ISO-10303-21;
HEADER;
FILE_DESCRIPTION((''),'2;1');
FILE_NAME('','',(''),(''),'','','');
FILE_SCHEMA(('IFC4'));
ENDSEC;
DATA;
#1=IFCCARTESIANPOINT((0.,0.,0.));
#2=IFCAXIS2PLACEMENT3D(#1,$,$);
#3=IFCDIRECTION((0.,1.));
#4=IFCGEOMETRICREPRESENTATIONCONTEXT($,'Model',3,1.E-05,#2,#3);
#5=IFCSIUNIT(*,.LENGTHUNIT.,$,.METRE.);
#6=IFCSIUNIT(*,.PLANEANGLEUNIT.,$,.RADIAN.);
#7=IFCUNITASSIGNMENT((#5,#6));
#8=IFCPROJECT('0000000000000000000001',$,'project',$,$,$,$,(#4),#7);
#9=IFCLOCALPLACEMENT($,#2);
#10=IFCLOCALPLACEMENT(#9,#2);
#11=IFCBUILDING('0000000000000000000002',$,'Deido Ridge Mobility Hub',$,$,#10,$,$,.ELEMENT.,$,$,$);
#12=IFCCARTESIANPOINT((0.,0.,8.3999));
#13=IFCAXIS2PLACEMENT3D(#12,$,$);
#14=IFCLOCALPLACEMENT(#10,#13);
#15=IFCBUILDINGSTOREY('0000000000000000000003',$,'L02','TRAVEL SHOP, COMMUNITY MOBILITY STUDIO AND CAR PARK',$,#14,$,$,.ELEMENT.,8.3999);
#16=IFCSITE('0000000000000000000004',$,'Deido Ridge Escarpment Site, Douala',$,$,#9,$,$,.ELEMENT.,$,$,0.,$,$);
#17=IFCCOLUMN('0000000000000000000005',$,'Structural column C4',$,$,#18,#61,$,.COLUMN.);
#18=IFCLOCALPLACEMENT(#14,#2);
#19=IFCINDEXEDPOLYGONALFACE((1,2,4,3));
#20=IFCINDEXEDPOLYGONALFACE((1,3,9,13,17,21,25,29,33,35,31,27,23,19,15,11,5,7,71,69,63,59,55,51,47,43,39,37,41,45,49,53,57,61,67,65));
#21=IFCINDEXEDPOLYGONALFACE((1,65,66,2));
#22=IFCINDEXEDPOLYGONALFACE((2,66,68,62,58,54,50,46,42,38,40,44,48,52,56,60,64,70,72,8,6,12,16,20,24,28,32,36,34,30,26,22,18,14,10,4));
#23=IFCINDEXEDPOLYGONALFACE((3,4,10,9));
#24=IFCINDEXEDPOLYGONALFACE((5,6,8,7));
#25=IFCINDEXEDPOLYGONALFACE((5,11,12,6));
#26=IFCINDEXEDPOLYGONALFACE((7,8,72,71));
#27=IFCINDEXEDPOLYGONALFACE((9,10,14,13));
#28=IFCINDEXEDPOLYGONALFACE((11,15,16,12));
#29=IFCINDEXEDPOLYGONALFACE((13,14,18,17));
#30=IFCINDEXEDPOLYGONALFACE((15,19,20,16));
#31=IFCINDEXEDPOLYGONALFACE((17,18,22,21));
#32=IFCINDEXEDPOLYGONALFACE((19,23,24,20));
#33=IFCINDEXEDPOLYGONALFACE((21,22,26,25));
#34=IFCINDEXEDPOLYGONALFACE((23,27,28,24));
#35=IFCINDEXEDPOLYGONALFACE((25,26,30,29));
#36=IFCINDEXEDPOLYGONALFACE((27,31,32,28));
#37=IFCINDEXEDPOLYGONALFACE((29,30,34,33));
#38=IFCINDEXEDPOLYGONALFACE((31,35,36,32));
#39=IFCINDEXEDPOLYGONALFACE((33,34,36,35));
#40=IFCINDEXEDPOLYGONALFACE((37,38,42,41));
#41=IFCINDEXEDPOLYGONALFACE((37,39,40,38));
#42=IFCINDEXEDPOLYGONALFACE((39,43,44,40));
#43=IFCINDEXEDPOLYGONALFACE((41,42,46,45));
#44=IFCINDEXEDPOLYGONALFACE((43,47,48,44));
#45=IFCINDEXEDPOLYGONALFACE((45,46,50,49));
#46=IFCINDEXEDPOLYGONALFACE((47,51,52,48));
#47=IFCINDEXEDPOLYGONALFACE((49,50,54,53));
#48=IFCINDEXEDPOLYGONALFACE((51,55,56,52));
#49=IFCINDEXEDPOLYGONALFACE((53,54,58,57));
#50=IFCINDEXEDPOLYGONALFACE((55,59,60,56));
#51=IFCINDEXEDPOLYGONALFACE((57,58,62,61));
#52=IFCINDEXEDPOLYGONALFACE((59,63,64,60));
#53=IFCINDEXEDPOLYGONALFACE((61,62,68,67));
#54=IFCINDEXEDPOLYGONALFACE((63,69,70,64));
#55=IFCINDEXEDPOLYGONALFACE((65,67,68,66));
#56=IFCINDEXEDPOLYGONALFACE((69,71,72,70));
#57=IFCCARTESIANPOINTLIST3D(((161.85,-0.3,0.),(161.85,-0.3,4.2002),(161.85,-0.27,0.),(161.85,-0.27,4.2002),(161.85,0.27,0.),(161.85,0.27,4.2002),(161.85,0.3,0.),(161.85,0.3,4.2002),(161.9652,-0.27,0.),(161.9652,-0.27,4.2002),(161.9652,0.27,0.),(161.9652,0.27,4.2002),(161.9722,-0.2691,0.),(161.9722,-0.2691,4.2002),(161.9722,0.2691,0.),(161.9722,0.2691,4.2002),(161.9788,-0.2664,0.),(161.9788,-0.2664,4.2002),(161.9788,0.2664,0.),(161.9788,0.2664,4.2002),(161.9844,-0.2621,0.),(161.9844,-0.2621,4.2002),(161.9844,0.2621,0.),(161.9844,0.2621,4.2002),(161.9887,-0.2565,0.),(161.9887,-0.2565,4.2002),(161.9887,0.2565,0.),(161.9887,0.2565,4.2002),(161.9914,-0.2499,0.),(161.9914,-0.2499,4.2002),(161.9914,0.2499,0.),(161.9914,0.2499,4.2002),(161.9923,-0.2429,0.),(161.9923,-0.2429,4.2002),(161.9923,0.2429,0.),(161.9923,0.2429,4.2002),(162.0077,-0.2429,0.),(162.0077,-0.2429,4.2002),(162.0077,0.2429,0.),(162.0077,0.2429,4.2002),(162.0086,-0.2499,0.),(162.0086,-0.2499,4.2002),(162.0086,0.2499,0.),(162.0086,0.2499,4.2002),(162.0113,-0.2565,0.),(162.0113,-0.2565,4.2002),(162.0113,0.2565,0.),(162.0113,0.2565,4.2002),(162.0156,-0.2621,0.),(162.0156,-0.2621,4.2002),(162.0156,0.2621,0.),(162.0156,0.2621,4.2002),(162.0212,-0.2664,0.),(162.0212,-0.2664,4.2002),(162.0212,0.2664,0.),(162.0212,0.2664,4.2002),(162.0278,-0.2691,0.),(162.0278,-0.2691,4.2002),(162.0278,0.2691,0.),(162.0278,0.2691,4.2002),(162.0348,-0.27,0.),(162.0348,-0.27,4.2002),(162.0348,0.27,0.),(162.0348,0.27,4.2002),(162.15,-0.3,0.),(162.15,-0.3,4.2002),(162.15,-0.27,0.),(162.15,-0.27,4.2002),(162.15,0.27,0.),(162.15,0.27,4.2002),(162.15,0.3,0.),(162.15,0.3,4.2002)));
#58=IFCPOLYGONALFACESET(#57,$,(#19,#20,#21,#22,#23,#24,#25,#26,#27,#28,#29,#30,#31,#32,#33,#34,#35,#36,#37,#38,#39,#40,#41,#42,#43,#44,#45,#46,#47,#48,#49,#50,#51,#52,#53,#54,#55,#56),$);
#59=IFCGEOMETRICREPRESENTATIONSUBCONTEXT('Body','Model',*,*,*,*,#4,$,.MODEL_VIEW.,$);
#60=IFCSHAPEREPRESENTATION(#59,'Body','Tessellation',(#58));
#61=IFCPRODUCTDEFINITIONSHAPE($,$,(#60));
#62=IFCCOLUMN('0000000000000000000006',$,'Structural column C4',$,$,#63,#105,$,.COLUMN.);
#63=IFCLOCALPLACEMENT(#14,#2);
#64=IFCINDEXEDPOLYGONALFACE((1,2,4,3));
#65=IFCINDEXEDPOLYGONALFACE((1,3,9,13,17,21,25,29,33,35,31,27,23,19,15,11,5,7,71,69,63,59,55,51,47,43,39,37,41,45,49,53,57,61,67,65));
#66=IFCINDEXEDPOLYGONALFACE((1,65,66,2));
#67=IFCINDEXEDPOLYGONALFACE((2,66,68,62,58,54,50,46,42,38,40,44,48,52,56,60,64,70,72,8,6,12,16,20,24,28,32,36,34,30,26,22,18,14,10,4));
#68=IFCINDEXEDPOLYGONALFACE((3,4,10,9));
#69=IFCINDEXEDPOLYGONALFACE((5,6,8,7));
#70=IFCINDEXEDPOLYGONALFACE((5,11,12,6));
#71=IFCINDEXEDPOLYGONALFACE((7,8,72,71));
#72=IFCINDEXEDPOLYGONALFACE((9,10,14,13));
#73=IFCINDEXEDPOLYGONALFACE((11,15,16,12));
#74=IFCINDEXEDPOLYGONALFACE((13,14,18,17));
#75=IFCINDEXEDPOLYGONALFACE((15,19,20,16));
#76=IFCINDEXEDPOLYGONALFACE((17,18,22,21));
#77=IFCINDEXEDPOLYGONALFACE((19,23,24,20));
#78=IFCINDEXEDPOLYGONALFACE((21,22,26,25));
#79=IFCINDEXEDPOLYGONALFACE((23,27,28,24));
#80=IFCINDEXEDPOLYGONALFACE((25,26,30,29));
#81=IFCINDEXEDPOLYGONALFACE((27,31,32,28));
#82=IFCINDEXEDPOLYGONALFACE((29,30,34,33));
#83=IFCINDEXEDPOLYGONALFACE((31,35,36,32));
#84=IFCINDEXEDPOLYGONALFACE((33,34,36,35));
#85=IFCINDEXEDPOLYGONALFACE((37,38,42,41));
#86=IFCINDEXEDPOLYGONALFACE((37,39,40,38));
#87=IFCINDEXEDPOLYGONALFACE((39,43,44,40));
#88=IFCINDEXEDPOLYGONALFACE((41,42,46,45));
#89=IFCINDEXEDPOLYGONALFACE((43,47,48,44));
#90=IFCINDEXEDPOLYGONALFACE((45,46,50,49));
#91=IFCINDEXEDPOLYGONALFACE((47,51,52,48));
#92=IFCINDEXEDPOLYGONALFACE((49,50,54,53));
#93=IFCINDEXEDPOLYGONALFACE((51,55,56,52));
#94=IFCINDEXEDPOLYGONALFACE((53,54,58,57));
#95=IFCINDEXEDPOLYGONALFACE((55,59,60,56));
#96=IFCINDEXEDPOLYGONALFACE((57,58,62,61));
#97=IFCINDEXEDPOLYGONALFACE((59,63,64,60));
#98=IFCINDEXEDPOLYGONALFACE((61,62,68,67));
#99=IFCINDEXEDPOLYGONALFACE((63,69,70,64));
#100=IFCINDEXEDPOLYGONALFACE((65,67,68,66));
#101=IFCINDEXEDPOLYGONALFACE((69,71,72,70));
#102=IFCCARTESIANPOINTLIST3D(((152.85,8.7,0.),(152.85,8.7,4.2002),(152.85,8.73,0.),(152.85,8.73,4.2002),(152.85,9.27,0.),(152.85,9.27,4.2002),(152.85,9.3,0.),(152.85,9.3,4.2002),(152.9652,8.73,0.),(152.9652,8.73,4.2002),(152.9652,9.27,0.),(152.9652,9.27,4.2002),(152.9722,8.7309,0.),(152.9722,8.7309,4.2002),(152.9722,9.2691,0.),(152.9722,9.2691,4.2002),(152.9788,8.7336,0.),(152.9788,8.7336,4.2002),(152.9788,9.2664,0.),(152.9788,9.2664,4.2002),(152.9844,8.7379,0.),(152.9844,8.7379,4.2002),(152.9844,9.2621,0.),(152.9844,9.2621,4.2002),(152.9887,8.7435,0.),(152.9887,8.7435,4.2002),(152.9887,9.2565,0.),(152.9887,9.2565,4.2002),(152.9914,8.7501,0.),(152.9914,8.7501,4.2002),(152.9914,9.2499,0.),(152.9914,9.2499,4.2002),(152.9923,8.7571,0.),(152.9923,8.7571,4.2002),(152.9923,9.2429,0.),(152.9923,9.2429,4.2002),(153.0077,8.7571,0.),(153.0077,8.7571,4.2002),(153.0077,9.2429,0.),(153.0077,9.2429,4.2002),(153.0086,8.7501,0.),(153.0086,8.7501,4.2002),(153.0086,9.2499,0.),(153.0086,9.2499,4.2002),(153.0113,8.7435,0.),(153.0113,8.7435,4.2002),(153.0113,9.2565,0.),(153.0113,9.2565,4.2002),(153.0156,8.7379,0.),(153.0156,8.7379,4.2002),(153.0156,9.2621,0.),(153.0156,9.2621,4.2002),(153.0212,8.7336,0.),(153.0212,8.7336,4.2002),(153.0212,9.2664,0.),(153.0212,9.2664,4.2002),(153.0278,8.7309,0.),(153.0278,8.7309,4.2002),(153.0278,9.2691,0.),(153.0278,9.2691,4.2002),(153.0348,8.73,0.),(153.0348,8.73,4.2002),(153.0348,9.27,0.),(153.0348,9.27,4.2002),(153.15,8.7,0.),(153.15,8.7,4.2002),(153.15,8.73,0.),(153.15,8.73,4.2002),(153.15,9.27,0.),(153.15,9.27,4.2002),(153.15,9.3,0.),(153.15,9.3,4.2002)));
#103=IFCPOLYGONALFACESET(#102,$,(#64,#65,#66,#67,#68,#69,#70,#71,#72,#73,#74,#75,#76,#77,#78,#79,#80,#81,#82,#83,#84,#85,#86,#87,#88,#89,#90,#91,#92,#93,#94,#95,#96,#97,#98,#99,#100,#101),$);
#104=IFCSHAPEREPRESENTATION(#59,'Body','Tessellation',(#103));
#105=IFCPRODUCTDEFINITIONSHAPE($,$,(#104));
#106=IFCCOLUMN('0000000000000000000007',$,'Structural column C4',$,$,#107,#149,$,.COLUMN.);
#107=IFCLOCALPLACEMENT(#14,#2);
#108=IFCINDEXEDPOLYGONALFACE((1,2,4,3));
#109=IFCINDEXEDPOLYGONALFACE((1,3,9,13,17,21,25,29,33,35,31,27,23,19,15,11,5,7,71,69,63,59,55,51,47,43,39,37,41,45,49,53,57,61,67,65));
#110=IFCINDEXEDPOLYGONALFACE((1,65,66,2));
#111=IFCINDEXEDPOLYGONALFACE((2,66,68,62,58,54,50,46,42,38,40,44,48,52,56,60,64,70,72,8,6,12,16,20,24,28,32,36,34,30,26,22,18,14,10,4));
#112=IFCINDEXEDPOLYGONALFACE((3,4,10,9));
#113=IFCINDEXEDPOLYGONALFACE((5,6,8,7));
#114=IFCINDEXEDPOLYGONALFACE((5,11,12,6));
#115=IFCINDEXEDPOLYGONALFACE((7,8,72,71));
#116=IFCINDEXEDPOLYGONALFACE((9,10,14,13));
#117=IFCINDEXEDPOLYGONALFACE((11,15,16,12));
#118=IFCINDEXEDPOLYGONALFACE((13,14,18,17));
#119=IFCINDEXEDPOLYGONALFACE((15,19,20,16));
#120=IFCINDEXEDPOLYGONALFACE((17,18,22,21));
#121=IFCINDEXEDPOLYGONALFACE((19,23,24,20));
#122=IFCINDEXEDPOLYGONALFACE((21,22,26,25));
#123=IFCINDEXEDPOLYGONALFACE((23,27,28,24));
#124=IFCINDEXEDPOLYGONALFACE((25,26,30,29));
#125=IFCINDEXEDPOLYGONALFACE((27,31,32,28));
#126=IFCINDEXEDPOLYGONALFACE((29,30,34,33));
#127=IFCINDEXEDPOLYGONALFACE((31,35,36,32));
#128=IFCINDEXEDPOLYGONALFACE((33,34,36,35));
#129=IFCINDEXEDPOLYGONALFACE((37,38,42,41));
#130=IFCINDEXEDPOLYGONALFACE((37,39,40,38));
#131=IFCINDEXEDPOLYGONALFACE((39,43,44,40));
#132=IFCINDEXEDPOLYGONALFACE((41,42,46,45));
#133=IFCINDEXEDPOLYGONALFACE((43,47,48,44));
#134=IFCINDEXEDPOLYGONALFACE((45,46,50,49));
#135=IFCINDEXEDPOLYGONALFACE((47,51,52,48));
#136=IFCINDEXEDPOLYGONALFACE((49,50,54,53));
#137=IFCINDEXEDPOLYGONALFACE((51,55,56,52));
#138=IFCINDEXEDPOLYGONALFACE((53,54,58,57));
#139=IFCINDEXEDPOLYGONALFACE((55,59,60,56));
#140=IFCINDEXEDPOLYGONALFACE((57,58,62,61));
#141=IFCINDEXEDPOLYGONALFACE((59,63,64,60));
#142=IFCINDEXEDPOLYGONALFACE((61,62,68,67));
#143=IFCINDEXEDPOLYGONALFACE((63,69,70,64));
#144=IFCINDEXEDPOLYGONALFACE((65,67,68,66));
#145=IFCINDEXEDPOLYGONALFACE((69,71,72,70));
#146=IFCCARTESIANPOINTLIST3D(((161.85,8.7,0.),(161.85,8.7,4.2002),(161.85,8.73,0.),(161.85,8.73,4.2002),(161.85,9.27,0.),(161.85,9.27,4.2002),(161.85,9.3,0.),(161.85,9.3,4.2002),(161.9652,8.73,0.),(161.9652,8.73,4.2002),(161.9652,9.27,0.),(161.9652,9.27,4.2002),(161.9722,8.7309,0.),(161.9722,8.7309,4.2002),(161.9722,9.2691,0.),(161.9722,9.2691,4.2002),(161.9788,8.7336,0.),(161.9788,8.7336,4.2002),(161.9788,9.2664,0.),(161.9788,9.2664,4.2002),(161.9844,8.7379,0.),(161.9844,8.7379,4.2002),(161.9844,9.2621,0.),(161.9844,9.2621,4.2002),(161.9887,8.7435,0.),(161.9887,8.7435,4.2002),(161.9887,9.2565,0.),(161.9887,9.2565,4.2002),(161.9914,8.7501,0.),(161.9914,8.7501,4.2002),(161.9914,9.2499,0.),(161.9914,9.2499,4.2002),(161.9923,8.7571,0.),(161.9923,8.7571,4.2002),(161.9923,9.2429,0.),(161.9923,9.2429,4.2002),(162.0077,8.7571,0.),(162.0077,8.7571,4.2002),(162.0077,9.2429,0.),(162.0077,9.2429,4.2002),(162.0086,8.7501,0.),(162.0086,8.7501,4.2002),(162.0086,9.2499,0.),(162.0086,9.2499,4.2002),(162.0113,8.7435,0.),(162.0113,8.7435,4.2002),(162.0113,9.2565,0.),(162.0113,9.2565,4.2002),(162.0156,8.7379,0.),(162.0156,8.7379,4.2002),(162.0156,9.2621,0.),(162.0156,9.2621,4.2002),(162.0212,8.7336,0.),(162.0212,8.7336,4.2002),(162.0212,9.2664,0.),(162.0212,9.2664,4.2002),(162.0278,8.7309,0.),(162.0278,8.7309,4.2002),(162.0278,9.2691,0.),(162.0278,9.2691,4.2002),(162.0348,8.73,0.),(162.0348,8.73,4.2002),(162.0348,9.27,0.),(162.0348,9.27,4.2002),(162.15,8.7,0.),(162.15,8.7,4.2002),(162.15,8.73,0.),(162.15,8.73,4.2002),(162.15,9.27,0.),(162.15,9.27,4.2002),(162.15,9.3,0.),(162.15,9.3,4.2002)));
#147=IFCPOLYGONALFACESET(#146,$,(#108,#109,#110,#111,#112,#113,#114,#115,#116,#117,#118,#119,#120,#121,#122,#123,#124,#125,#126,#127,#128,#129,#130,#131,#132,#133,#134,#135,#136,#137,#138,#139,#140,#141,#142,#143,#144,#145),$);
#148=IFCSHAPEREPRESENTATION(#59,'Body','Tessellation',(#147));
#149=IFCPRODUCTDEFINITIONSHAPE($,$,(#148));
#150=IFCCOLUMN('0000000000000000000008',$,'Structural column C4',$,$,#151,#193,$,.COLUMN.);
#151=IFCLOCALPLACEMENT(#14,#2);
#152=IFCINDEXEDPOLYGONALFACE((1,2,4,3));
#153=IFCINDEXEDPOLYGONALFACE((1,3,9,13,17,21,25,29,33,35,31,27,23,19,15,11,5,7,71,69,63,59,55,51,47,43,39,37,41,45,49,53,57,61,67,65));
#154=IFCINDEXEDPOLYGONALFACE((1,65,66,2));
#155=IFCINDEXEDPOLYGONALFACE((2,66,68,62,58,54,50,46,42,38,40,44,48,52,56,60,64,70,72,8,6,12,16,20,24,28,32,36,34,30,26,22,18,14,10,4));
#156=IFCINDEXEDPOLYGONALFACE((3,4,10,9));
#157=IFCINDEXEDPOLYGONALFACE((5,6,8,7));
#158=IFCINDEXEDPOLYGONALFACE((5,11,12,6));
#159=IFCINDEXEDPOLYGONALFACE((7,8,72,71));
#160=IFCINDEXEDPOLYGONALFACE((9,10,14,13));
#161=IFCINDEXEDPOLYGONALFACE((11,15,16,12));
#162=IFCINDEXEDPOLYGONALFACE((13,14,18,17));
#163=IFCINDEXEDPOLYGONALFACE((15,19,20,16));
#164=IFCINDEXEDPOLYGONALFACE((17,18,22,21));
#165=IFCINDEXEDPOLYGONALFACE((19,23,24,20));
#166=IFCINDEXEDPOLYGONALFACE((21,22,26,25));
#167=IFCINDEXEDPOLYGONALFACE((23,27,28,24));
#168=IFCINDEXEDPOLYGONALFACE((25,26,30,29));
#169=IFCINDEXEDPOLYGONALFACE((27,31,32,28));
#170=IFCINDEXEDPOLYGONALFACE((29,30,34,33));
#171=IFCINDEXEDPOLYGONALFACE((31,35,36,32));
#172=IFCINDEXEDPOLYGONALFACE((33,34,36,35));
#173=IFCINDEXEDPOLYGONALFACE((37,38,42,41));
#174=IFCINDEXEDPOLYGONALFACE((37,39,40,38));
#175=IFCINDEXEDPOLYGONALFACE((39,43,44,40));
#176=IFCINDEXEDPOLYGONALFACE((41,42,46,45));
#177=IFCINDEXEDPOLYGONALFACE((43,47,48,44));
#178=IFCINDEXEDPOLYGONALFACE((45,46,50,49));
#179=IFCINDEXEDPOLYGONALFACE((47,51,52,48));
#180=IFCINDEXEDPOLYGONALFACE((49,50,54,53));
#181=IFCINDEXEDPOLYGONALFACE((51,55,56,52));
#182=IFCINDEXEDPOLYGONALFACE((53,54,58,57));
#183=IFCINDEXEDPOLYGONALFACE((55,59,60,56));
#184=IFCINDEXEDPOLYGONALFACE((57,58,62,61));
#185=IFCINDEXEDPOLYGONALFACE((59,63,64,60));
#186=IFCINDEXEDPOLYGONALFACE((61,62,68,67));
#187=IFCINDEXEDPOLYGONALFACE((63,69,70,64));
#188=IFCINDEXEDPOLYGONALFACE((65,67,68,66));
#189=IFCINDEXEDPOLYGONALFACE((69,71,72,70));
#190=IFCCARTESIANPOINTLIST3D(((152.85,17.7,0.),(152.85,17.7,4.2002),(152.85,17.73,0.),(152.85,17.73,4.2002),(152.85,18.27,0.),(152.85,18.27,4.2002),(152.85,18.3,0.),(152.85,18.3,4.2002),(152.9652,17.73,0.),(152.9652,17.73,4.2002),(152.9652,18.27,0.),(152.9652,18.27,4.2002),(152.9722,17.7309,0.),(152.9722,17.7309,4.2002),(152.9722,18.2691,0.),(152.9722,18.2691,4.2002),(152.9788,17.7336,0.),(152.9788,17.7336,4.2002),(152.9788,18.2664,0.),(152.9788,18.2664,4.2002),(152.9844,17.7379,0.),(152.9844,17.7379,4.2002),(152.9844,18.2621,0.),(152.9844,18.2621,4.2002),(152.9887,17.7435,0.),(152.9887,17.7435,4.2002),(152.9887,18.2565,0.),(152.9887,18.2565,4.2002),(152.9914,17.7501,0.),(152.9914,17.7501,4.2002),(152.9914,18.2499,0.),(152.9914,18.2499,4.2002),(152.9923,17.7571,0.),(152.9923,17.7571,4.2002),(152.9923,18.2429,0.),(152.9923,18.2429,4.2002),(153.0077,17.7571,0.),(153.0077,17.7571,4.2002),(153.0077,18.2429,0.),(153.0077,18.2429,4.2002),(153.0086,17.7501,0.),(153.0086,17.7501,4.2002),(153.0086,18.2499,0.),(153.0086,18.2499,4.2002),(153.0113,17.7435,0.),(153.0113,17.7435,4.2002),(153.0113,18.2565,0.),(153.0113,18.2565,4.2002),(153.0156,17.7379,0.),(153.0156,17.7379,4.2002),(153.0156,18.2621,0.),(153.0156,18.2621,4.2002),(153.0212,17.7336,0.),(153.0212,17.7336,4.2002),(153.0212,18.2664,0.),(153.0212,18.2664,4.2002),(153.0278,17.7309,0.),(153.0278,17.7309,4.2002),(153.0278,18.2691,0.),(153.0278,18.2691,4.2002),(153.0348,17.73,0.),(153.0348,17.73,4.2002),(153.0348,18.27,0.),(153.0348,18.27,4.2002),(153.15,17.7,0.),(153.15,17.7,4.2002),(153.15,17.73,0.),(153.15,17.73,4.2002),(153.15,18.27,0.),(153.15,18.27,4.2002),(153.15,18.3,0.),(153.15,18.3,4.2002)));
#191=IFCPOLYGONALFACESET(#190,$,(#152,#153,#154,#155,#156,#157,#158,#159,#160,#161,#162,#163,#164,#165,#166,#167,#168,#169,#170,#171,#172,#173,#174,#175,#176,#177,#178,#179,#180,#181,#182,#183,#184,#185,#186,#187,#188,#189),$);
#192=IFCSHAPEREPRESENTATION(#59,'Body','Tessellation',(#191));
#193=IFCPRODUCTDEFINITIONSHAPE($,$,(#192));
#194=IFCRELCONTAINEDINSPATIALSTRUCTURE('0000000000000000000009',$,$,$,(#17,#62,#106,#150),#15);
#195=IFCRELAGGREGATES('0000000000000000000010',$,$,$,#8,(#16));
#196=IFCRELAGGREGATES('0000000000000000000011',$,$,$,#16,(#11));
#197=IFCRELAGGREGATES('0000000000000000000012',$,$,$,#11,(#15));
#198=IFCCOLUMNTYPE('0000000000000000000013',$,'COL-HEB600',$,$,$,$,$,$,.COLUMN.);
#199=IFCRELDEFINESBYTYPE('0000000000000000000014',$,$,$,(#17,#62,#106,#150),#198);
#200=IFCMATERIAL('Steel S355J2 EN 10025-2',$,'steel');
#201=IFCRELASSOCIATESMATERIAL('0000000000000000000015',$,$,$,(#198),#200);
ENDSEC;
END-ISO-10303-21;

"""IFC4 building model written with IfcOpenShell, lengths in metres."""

from ifc_helpers import new_model, si_unit, direction, frame, origin, origin_2d, place, context, subcontext, project, spatial, i_section, extrude, material, material_profile, profile_set, type_object, element, save


model = new_model("IFC4")

# Units and contexts
model_context = context("Model", 3, precision=1e-05, world=origin(), true_north=direction((0.0, 1.0)))
body_context = subcontext(model_context, "Body", "Model", "MODEL_VIEW")
ifc_project = project(units=[si_unit("LENGTHUNIT", "METRE"), si_unit("PLANEANGLEUNIT", "RADIAN")], contexts=[model_context])

# Site, building, storey
site_placement = place(None, origin())
site = spatial("IfcSite", under=ifc_project, at=site_placement, Name="Deido Ridge Escarpment Site, Douala", CompositionType="ELEMENT", RefElevation=0.0)
building_placement = place(site_placement, origin())
building = spatial("IfcBuilding", under=site, at=building_placement, Name="Deido Ridge Mobility Hub", CompositionType="ELEMENT")
storey_placement = place(building_placement, frame((0.0, 0.0, 8.3999)))
storey = spatial("IfcBuildingStorey", under=building, at=storey_placement, Name="L02", Description="TRAVEL SHOP, COMMUNITY MOBILITY STUDIO AND CAR PARK", CompositionType="ELEMENT", Elevation=8.3999)

# Columns
ifc_material_1 = material(Name="Steel S355J2 EN 10025-2", Category="steel")
ifc_material_profile_1 = material_profile(ifc_material_1, i_section(OverallWidth=0.3, OverallDepth=0.6001, WebThickness=0.0154, FlangeThickness=0.03, FilletRadius=0.0271, at=origin_2d()), Name="HEB 600")
ifc_profile_set_1 = profile_set([ifc_material_profile_1], Name="Steel S355J2 EN 10025-2")
column_type = type_object("IfcColumnType", Name="COL-HEB600", PredefinedType="COLUMN", material=ifc_profile_set_1)
for number, where, z_axis, x_axis, name in (
    (1, (162.0, 0.0, 0.0), (0.0, 0.0, 1.0), (1.0, 0.0, 0.0), "Structural column C4"),
    (2, (153.0, 9.0, 0.0), (0.0, 0.0, 1.0), (1.0, 0.0, 0.0), "Structural column C4"),
    (3, (162.0, 9.0, 0.0), (0.0, 0.0, 1.0), (1.0, 0.0, 0.0), "Structural column C4"),
    (4, (153.0, 18.0, 0.0), (0.0, 0.0, 1.0), (1.0, 0.0, 0.0), "Structural column C4"),
):
    element("IfcColumn", number, at=place(storey_placement, frame(where, z_axis=z_axis, x_axis=x_axis)), inside=storey, type_object=column_type, Name=name, PredefinedType="COLUMN", context=body_context, shape_type="SweptSolid", body=[
        extrude(i_section(OverallWidth=0.3, OverallDepth=0.6001, WebThickness=0.0154, FlangeThickness=0.03, FilletRadius=0.0271, at=origin_2d()), origin(), (0.0, 0.0, 1.0), 4.2002),
    ])

save(model, "model.ifc")
